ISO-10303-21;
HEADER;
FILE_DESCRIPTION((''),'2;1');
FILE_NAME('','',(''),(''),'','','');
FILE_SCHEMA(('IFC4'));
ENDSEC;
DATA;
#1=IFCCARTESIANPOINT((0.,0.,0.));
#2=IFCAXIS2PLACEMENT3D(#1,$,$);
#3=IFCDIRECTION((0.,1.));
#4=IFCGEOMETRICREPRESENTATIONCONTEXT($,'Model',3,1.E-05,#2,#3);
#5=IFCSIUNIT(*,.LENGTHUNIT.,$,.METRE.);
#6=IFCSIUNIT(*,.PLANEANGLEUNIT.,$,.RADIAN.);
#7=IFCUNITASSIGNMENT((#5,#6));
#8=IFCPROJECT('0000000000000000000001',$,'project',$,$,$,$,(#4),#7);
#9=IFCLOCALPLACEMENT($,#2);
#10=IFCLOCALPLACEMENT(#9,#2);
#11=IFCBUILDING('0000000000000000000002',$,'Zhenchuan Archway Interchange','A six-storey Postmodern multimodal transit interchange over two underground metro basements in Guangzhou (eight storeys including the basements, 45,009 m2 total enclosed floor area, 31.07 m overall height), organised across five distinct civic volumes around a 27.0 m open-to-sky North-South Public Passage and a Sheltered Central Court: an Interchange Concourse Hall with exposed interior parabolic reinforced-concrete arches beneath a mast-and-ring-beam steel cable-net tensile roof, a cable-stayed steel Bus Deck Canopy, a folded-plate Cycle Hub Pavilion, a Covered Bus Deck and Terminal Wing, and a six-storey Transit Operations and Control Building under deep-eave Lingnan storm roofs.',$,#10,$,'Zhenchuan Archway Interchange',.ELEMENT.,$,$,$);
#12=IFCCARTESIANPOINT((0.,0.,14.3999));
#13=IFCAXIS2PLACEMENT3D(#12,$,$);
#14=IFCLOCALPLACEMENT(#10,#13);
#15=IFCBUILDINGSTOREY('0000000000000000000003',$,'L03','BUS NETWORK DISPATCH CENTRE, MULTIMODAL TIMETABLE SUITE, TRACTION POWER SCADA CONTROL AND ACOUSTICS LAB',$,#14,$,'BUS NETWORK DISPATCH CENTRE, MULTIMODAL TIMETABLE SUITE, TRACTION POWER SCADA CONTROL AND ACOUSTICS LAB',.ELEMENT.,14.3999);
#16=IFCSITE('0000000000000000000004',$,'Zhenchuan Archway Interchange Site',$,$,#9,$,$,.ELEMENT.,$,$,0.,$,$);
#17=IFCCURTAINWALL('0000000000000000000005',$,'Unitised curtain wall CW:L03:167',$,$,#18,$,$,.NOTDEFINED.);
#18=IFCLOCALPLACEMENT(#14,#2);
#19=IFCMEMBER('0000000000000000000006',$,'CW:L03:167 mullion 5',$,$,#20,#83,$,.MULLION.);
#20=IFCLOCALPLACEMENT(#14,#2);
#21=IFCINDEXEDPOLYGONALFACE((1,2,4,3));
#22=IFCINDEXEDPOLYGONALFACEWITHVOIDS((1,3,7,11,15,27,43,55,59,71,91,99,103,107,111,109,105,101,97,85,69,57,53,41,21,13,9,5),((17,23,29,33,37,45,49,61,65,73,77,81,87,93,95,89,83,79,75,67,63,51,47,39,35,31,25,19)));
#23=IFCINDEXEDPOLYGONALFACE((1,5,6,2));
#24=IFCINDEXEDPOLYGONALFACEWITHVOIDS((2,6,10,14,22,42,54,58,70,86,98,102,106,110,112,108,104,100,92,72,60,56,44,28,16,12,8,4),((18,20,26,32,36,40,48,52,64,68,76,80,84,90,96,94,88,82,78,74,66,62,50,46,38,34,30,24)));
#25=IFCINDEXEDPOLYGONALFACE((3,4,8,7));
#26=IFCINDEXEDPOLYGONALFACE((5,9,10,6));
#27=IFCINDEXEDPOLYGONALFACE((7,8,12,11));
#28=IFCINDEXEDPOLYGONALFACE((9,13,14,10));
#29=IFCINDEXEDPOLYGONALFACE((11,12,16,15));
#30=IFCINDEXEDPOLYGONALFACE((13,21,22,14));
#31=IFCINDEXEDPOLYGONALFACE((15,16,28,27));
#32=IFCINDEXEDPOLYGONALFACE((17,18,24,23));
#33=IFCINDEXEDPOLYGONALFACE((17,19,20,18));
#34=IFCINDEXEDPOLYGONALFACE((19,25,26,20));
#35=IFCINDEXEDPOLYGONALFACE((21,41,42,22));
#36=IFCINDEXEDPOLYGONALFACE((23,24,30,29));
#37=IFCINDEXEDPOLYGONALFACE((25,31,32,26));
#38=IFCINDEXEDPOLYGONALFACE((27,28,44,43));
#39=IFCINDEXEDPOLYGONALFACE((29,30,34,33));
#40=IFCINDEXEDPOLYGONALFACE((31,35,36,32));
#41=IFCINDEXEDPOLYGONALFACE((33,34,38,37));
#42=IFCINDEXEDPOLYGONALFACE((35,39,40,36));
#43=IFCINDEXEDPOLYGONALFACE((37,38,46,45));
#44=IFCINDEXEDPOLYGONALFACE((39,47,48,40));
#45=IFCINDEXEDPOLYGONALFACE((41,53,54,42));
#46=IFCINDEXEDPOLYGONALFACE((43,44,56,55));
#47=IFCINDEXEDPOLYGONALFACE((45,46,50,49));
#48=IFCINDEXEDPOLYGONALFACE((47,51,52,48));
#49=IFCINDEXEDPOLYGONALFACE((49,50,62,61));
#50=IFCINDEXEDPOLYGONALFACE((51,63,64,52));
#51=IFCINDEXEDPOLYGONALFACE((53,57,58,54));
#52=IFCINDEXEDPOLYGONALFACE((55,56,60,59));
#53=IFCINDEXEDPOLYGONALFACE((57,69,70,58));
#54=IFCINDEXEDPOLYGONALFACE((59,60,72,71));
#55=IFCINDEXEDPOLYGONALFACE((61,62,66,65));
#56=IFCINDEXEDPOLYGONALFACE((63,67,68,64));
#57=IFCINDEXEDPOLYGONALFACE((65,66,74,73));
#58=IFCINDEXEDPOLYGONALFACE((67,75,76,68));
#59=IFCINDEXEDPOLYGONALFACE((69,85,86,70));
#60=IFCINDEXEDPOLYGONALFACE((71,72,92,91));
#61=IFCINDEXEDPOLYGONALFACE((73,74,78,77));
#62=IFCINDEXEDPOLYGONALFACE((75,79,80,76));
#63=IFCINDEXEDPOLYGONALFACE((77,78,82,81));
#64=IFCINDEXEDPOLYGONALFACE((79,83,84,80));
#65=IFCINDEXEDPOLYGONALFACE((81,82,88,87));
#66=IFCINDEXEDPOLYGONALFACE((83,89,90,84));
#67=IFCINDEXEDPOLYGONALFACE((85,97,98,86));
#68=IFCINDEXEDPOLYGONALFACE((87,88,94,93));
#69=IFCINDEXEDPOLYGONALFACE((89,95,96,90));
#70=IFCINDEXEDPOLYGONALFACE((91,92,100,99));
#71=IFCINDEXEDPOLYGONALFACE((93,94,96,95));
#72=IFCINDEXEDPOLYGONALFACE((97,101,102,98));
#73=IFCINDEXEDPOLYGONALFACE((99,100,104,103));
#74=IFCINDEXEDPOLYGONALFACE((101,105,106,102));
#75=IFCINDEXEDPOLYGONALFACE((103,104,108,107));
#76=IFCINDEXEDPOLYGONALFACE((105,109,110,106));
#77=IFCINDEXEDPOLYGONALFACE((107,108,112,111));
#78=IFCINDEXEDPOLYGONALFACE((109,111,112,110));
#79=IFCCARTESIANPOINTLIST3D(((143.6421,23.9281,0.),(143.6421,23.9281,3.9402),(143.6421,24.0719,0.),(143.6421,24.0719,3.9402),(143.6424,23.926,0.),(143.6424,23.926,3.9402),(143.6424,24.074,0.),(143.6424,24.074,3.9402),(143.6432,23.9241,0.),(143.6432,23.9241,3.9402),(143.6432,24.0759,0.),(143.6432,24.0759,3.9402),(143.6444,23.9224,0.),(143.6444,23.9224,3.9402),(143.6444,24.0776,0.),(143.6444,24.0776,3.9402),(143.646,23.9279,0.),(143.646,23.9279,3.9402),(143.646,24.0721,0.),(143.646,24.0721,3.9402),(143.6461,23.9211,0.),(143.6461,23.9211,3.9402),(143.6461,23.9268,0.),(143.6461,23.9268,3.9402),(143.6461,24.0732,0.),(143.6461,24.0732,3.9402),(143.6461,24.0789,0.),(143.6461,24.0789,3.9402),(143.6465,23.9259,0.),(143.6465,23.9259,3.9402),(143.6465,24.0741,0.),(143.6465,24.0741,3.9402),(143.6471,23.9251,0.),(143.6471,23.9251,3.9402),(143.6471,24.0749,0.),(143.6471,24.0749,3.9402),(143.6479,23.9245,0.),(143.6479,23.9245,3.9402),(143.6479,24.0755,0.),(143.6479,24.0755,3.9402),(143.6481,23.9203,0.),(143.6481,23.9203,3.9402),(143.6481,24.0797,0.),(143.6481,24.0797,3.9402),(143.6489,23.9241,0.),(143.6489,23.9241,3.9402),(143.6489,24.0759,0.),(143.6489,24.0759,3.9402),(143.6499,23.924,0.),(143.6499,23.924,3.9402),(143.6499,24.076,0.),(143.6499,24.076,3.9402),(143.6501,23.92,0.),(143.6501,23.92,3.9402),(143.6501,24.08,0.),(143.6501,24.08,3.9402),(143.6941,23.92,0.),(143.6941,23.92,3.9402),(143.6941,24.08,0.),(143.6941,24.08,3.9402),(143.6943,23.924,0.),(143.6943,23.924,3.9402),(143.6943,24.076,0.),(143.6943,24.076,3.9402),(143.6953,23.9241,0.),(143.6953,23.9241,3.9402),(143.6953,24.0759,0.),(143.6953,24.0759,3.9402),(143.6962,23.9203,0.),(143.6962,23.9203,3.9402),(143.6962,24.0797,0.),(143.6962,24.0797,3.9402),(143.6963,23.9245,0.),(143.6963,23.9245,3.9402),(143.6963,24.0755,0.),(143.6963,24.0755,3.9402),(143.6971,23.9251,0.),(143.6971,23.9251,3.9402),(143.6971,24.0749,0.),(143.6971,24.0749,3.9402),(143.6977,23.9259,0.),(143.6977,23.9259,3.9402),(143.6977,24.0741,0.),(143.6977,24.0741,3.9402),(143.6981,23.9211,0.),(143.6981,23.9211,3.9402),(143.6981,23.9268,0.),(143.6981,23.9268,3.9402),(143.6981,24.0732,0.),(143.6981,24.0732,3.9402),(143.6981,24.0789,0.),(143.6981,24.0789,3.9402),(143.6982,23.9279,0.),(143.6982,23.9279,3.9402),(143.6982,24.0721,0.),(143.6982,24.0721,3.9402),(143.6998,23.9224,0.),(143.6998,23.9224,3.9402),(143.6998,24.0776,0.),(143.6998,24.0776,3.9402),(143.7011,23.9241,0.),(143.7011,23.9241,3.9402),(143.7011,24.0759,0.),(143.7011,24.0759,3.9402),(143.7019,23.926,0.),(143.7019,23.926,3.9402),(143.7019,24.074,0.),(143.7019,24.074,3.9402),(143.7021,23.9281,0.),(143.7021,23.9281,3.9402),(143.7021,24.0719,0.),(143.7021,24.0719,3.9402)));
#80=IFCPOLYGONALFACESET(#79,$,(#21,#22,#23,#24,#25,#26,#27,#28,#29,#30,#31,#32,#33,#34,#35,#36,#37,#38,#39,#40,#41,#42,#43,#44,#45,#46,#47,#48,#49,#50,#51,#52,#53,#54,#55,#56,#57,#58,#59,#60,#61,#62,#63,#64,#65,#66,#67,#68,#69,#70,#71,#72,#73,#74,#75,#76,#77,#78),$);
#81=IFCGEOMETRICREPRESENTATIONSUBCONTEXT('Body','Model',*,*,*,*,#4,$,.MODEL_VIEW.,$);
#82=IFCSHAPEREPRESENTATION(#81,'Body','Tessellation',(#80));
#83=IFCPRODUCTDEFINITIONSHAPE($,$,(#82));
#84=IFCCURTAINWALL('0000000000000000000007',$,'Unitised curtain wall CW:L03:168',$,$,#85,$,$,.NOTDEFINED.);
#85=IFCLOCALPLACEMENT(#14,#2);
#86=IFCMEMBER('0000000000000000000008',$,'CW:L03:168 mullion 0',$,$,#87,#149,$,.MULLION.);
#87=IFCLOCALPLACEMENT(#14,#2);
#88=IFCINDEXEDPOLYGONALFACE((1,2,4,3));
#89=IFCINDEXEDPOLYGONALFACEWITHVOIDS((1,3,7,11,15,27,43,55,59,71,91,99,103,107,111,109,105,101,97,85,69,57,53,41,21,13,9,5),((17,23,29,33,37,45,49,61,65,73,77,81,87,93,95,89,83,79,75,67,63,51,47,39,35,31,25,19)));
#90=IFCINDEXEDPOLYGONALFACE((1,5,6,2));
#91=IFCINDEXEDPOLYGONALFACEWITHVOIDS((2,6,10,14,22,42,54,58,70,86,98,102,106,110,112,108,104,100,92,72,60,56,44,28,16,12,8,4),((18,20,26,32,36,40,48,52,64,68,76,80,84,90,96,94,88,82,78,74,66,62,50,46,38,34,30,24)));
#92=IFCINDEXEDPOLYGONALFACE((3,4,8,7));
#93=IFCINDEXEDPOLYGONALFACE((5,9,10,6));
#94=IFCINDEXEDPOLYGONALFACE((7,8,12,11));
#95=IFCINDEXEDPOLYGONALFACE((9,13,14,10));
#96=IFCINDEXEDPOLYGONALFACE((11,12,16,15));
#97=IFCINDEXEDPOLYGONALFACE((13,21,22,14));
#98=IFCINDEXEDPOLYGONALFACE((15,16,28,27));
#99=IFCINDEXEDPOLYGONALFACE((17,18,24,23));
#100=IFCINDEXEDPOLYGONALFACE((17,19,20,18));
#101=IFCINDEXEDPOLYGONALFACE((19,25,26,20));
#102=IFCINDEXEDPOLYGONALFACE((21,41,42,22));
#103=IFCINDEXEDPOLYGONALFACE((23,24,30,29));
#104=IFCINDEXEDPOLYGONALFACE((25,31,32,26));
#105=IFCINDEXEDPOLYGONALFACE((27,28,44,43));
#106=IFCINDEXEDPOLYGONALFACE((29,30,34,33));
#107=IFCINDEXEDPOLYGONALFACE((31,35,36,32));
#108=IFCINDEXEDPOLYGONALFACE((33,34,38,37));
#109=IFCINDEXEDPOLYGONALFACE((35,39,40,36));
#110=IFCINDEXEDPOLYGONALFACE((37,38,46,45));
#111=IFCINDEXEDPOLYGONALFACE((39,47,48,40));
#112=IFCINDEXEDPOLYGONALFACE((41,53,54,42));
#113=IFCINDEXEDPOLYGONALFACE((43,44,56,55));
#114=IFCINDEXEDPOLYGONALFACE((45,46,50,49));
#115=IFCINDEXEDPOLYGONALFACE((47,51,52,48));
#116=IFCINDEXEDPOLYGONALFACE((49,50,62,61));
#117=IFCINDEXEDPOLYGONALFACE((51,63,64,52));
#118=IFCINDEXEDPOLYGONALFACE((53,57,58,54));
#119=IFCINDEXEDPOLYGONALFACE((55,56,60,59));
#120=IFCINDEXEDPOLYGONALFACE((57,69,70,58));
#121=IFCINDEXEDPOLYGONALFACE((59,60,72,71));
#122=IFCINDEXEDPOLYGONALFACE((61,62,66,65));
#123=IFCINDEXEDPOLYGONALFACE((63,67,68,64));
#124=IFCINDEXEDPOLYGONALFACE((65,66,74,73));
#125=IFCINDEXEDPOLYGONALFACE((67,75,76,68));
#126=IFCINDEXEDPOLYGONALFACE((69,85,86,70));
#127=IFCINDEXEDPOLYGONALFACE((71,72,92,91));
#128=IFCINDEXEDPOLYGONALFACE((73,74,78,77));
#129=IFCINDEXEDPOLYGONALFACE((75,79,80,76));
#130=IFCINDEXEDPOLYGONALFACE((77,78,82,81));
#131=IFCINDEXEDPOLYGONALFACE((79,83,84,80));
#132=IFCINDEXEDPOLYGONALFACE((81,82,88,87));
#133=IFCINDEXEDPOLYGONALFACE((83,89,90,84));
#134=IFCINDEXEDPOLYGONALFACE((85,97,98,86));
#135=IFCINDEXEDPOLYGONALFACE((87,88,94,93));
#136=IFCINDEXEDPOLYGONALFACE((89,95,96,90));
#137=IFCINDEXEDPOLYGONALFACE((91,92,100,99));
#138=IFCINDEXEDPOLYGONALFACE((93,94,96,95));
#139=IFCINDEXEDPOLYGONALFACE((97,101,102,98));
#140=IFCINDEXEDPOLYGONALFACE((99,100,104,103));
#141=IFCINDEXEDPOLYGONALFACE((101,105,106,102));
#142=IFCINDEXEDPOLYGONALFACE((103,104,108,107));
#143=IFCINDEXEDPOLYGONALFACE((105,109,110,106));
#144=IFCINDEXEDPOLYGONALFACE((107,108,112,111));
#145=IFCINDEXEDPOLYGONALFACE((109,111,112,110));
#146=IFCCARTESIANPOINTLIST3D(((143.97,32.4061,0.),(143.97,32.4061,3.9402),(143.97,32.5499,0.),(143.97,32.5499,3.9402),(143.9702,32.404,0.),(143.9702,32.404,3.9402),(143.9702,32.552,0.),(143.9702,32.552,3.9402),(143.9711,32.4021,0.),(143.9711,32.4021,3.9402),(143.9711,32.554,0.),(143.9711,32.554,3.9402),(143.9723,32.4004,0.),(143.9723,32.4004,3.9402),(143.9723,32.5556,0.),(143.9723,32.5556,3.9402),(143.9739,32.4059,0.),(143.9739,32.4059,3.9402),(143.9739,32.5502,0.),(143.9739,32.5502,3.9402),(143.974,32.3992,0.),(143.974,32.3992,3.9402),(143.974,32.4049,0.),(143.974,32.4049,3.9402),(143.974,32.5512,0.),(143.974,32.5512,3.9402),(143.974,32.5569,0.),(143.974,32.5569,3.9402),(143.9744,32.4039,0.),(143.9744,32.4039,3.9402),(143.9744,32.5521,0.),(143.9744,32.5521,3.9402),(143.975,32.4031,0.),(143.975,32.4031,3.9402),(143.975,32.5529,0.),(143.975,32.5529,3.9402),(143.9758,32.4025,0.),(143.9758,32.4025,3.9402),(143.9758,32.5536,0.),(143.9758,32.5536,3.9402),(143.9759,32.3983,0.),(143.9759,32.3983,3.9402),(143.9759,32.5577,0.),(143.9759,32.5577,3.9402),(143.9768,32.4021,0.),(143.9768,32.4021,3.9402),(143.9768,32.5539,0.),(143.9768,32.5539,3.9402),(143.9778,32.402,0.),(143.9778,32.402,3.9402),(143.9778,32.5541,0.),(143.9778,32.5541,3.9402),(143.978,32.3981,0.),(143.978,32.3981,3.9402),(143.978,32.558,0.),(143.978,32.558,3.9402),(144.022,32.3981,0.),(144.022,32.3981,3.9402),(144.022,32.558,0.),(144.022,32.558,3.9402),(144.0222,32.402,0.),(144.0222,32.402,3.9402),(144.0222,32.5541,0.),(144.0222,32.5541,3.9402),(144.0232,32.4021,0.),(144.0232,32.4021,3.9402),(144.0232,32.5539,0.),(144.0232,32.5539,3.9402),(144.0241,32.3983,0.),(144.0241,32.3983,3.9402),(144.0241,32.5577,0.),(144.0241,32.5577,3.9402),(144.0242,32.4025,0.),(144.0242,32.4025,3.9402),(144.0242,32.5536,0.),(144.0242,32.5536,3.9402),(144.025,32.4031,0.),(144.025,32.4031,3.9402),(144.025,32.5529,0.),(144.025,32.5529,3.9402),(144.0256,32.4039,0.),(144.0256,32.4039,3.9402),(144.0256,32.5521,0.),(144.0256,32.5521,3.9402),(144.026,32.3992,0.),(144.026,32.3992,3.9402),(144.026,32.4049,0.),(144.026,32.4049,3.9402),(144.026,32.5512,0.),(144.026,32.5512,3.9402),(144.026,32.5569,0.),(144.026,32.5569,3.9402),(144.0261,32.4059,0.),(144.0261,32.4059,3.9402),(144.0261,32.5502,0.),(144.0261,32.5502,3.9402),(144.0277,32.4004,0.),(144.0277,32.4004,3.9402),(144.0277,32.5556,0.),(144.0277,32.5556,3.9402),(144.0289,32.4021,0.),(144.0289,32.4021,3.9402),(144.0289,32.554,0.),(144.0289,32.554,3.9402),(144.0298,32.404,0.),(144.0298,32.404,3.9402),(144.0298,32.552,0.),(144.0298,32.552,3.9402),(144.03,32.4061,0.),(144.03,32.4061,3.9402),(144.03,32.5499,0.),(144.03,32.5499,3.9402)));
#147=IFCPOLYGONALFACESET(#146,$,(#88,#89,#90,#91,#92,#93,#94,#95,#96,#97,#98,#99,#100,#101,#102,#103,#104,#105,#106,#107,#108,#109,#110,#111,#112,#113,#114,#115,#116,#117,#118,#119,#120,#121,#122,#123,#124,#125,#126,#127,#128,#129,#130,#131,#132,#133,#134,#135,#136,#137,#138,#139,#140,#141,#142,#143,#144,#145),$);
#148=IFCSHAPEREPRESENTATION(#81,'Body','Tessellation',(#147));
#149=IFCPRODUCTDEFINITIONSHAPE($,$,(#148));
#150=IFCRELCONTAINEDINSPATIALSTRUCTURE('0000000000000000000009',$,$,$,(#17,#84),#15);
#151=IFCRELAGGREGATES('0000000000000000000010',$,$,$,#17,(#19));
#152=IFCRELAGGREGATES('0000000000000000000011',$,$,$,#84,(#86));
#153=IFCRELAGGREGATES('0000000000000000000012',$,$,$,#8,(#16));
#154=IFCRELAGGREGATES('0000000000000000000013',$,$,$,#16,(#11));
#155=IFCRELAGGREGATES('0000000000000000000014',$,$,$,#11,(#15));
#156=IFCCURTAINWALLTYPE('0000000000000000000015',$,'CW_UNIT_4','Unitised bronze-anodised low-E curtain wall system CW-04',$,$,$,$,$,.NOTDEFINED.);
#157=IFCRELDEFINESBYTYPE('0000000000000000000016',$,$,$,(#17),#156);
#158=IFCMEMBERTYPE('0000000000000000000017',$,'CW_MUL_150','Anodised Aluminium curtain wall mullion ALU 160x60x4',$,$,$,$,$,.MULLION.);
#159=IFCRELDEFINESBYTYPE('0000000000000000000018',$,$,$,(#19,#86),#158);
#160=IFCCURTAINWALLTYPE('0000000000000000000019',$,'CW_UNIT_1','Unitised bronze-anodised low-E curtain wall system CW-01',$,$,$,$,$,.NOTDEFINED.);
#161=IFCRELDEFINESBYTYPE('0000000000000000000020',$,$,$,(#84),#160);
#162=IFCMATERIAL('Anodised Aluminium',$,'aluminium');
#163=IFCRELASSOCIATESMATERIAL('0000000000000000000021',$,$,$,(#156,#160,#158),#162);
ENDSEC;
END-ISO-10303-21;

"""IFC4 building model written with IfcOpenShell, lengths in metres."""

from ifc_helpers import new_model, si_unit, direction, frame, origin, origin_2d, place, context, subcontext, project, spatial, hollow_rectangle, extrude, material, material_profile, profile_set, type_object, element, aggregate, save


model = new_model("IFC4")

# Units and contexts
model_context = context("Model", 3, precision=1e-05, world=origin(), true_north=direction((0.0, 1.0)))
body_context = subcontext(model_context, "Body", "Model", "MODEL_VIEW")
ifc_project = project(units=[si_unit("LENGTHUNIT", "METRE"), si_unit("PLANEANGLEUNIT", "RADIAN")], contexts=[model_context])

# Site, building, storey
site_placement = place(None, origin())
site = spatial("IfcSite", under=ifc_project, at=site_placement, Name="Zhenchuan Archway Interchange Site", CompositionType="ELEMENT", RefElevation=0.0)
building_placement = place(site_placement, origin())
building = spatial("IfcBuilding", under=site, at=building_placement, Name="Zhenchuan Archway Interchange", Description="A six-storey Postmodern multimodal transit interchange over two underground metro basements in Guangzhou (eight storeys including the basements, 45,009 m2 total enclosed floor area, 31.07 m overall height), organised across five distinct civic volumes around a 27.0 m open-to-sky North-South Public Passage and a Sheltered Central Court: an Interchange Concourse Hall with exposed interior parabolic reinforced-concrete arches beneath a mast-and-ring-beam steel cable-net tensile roof, a cable-stayed steel Bus Deck Canopy, a folded-plate Cycle Hub Pavilion, a Covered Bus Deck and Terminal Wing, and a six-storey Transit Operations and Control Building under deep-eave Lingnan storm roofs.", LongName="Zhenchuan Archway Interchange", CompositionType="ELEMENT")
storey_placement = place(building_placement, frame((0.0, 0.0, 14.3999)))
storey = spatial("IfcBuildingStorey", under=building, at=storey_placement, Name="L03", Description="BUS NETWORK DISPATCH CENTRE, MULTIMODAL TIMETABLE SUITE, TRACTION POWER SCADA CONTROL AND ACOUSTICS LAB", LongName="BUS NETWORK DISPATCH CENTRE, MULTIMODAL TIMETABLE SUITE, TRACTION POWER SCADA CONTROL AND ACOUSTICS LAB", CompositionType="ELEMENT", Elevation=14.3999)

# Curtain walls, members
ifc_material_1 = material(Name="Anodised Aluminium", Category="aluminium")
curtain_wall_type_1 = type_object("IfcCurtainWallType", Name="CW_UNIT_4", Description="Unitised bronze-anodised low-E curtain wall system CW-04", PredefinedType="NOTDEFINED", material=ifc_material_1)
curtain_wall_1_placement = place(storey_placement, origin())
curtain_wall_1 = element("IfcCurtainWall", 1, at=curtain_wall_1_placement, inside=storey, type_object=curtain_wall_type_1, Name="Unitised curtain wall CW:L03:167", PredefinedType="NOTDEFINED")
ifc_material_profile_1 = material_profile(ifc_material_1, hollow_rectangle(XDim=0.0601, YDim=0.1599, WallThickness=0.0039, InnerFilletRadius=0.0039, OuterFilletRadius=0.0081, at=origin_2d()), Name="ALU 160x60x4")
ifc_profile_set_1 = profile_set([ifc_material_profile_1], Name="Anodised Aluminium")
member_type_1 = type_object("IfcMemberType", Name="CW_MUL_150", Description="Anodised Aluminium curtain wall mullion ALU 160x60x4", PredefinedType="MULLION", material=ifc_profile_set_1)
member_1_placement = place(storey_placement, frame((143.6721, 24.0, 0.0), z_axis=(0.0, 0.0, 1.0), x_axis=(1.0, 0.0, 0.0)))
member_1 = element("IfcMember", 2, at=member_1_placement, type_object=member_type_1, Name="CW:L03:167 mullion 5", PredefinedType="MULLION", context=body_context, shape_type="SweptSolid", body=[
    extrude(hollow_rectangle(XDim=0.0601, YDim=0.1599, WallThickness=0.0039, InnerFilletRadius=0.0039, OuterFilletRadius=0.0081, at=origin_2d()), origin(), (0.0, 0.0, 1.0), 3.9402),
])
curtain_wall_type_2 = type_object("IfcCurtainWallType", Name="CW_UNIT_1", Description="Unitised bronze-anodised low-E curtain wall system CW-01", PredefinedType="NOTDEFINED", material=ifc_material_1)
curtain_wall_2_placement = place(storey_placement, origin())
curtain_wall_2 = element("IfcCurtainWall", 3, at=curtain_wall_2_placement, inside=storey, type_object=curtain_wall_type_2, Name="Unitised curtain wall CW:L03:168", PredefinedType="NOTDEFINED")
member_2_placement = place(storey_placement, frame((144.0, 32.478, 0.0), z_axis=(0.0, 0.0, 1.0), x_axis=(1.0, 0.0, 0.0)))
member_2 = element("IfcMember", 4, at=member_2_placement, type_object=member_type_1, Name="CW:L03:168 mullion 0", PredefinedType="MULLION", context=body_context, shape_type="SweptSolid", body=[
    extrude(hollow_rectangle(XDim=0.0601, YDim=0.1599, WallThickness=0.0039, InnerFilletRadius=0.0039, OuterFilletRadius=0.0081, at=origin_2d()), origin(), (0.0, 0.0, 1.0), 3.9402),
])

aggregate(curtain_wall_1, [member_1])
aggregate(curtain_wall_2, [member_2])

save(model, "model.ifc")
